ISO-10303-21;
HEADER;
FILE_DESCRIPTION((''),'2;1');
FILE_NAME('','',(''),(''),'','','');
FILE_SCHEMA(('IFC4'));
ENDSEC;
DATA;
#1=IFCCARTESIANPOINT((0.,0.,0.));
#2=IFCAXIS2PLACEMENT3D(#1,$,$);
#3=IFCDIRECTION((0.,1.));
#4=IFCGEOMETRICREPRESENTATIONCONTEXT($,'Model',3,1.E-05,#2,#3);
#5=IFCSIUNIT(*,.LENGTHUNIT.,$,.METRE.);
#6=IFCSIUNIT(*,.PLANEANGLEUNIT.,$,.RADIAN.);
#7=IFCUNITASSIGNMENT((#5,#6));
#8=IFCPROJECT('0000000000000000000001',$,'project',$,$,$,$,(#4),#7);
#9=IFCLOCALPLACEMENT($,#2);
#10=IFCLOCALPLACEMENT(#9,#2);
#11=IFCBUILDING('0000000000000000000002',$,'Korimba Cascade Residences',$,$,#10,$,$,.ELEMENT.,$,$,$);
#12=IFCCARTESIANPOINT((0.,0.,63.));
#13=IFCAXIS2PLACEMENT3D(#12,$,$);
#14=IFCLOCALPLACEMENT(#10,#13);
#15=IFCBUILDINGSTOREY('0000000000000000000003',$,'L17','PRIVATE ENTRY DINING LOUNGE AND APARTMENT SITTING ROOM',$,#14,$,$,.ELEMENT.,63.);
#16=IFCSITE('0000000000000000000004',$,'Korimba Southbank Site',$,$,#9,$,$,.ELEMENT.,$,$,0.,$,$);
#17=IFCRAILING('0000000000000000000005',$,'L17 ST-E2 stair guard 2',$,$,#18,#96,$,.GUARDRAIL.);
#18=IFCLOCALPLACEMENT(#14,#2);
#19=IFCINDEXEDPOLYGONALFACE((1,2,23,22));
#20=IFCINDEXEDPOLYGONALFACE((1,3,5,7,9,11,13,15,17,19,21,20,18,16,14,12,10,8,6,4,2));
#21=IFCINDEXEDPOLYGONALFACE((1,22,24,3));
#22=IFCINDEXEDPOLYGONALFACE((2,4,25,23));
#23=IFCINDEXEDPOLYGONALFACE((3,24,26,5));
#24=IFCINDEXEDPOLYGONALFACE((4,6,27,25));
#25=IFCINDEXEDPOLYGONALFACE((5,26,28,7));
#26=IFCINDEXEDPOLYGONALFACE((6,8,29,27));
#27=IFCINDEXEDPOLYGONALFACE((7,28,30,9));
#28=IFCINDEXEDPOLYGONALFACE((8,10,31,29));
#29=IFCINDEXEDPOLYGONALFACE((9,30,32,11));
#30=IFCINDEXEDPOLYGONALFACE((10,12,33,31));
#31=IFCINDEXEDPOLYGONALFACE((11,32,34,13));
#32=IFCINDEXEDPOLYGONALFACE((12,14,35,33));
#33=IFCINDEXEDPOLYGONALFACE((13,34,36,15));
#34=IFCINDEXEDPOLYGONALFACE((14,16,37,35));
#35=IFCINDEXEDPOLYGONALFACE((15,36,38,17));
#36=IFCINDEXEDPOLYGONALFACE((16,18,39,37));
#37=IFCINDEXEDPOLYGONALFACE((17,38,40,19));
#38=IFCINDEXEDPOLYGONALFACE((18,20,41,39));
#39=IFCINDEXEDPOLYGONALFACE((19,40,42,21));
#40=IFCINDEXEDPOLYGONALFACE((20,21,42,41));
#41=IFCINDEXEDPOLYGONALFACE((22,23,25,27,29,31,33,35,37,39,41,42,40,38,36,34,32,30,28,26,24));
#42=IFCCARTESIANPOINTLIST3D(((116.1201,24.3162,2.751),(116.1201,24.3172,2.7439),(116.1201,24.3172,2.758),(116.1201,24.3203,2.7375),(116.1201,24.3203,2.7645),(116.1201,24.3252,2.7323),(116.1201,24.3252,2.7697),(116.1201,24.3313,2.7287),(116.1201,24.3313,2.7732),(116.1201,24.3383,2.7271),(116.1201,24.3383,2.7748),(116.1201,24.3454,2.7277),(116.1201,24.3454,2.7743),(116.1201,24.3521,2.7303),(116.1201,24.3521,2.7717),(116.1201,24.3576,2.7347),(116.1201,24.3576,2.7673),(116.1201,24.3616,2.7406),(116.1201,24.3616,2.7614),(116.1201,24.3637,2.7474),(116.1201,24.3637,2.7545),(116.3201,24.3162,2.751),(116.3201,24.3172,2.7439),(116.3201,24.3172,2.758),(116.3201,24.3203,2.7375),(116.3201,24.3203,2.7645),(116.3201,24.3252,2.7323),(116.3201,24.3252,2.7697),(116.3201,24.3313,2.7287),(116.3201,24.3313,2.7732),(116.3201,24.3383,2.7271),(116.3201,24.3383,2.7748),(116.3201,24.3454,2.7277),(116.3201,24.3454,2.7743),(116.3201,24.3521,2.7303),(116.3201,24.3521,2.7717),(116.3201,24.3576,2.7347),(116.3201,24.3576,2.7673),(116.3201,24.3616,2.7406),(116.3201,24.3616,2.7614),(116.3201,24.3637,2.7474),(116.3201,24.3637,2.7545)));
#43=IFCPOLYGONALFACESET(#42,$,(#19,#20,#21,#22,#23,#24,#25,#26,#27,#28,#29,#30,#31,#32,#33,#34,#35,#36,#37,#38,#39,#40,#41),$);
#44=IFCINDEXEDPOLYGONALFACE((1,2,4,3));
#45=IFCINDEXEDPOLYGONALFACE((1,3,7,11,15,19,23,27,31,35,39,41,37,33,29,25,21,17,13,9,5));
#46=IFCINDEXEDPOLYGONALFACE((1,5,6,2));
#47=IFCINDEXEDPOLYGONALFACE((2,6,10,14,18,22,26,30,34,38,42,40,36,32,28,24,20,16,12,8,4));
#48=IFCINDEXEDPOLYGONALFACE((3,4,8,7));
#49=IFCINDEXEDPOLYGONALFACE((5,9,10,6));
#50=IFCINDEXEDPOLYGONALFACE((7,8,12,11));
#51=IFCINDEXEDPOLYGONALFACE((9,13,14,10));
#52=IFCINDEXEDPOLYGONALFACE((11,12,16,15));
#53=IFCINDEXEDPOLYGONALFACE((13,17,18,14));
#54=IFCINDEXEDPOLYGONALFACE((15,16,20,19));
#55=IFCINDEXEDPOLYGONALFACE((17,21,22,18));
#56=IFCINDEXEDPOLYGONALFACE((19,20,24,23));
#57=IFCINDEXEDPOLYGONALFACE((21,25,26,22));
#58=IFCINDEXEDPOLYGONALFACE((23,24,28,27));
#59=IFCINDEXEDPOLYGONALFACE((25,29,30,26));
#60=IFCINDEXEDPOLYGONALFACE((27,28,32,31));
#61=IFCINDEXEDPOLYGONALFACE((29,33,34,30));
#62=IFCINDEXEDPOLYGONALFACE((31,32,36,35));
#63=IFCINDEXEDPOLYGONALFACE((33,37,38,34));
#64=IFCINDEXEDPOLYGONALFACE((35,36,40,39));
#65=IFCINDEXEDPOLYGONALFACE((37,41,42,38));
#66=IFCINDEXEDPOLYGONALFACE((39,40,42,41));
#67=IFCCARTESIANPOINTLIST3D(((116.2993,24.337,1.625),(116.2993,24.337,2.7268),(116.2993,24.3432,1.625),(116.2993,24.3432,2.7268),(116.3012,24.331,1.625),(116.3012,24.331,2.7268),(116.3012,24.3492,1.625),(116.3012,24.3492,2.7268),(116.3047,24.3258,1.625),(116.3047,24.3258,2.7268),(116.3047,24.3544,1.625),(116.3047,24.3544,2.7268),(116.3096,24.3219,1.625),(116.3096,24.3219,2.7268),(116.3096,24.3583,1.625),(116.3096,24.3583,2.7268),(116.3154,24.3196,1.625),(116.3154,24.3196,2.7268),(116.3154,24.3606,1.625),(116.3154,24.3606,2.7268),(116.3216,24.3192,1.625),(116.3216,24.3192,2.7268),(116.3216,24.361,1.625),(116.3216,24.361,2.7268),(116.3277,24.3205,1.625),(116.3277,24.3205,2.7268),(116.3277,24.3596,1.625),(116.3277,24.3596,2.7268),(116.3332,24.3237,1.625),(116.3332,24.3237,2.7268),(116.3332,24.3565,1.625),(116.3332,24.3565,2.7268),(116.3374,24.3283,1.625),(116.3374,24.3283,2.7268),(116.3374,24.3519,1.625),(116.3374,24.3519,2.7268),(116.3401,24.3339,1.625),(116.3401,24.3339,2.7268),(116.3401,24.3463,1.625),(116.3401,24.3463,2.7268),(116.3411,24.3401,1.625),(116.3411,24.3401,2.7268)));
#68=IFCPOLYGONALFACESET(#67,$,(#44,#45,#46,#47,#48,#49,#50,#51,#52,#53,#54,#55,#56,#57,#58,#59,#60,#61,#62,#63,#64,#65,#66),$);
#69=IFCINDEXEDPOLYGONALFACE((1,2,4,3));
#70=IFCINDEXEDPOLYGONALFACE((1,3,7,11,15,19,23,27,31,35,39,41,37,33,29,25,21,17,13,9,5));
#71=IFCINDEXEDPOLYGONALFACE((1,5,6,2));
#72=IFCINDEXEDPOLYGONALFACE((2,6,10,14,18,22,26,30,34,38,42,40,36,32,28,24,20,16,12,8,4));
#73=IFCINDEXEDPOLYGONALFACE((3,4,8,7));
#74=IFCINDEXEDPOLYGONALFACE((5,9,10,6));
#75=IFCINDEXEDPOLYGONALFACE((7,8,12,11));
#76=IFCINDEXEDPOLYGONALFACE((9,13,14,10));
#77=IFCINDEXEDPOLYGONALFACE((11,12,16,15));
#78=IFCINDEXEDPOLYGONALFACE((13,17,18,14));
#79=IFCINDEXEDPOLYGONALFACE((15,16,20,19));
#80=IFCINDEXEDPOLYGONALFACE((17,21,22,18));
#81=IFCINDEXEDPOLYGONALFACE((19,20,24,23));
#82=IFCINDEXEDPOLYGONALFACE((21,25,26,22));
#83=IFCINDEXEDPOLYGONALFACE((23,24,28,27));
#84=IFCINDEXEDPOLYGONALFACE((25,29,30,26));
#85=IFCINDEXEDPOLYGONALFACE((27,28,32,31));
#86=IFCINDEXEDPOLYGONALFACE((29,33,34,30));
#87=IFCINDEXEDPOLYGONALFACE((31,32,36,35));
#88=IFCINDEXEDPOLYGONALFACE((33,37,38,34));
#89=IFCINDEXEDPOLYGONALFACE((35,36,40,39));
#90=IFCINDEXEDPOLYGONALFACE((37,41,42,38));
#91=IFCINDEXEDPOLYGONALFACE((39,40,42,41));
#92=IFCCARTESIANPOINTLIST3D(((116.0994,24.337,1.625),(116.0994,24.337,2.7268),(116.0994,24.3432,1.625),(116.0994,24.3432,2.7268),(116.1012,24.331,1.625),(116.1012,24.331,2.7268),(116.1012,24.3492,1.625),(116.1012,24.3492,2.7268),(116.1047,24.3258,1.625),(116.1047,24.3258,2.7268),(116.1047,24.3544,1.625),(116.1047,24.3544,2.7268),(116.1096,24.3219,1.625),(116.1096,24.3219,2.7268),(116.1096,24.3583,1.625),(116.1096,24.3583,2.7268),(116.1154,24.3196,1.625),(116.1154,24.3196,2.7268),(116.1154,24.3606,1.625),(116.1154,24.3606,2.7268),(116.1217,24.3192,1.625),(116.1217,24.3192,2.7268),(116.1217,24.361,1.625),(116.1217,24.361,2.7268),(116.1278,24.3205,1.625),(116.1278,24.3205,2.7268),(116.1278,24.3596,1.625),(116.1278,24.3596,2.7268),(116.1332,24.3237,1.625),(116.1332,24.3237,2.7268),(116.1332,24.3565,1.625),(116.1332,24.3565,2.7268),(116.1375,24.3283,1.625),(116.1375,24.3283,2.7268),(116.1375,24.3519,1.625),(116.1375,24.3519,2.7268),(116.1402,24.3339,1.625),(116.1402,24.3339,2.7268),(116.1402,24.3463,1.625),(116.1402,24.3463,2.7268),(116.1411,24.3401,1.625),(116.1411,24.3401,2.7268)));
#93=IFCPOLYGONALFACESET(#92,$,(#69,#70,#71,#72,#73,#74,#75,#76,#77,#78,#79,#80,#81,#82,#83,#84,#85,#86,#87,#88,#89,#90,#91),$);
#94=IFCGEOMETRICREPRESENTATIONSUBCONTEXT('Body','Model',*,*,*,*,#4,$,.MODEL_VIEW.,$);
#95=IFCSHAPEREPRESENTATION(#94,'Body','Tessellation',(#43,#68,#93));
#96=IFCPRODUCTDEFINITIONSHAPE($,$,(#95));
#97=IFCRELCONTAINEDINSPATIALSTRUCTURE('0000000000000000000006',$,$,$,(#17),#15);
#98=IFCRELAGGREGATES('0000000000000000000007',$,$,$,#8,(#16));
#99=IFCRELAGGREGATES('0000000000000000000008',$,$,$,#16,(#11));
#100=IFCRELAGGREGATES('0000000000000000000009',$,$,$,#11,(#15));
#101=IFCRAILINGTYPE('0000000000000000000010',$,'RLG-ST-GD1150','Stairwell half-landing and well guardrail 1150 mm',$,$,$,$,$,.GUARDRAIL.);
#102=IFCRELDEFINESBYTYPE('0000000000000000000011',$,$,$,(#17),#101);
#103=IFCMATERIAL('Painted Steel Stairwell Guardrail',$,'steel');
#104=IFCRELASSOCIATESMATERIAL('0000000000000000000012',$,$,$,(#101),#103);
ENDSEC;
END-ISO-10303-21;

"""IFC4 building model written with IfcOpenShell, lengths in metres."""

from ifc_helpers import new_model, si_unit, direction, frame, origin, origin_2d, place, context, subcontext, project, spatial, circle, extrude, material, type_object, element, save


model = new_model("IFC4")

# Units and contexts
model_context = context("Model", 3, precision=1e-05, world=origin(), true_north=direction((0.0, 1.0)))
body_context = subcontext(model_context, "Body", "Model", "MODEL_VIEW")
ifc_project = project(units=[si_unit("LENGTHUNIT", "METRE"), si_unit("PLANEANGLEUNIT", "RADIAN")], contexts=[model_context])

# Site, building, storey
site_placement = place(None, origin())
site = spatial("IfcSite", under=ifc_project, at=site_placement, Name="Korimba Southbank Site", CompositionType="ELEMENT", RefElevation=0.0)
building_placement = place(site_placement, origin())
building = spatial("IfcBuilding", under=site, at=building_placement, Name="Korimba Cascade Residences", CompositionType="ELEMENT")
storey_placement = place(building_placement, frame((0.0, 0.0, 63.0)))
storey = spatial("IfcBuildingStorey", under=building, at=storey_placement, Name="L17", Description="PRIVATE ENTRY DINING LOUNGE AND APARTMENT SITTING ROOM", CompositionType="ELEMENT", Elevation=63.0)

# Railing
ifc_material_1 = material(Name="Painted Steel Stairwell Guardrail", Category="steel")
railing_type_1 = type_object("IfcRailingType", Name="RLG-ST-GD1150", Description="Stairwell half-landing and well guardrail 1150 mm", PredefinedType="GUARDRAIL", material=ifc_material_1)
railing_1_placement = place(storey_placement, frame((116.3201, 24.3401, 1.625)))
element("IfcRailing", 1, at=railing_1_placement, inside=storey, type_object=railing_type_1, Name="L17 ST-E2 stair guard 2", PredefinedType="GUARDRAIL", context=body_context, shape_type="SweptSolid", body=[
    extrude(circle(Radius=0.0239, at=origin_2d()), frame((0.0, 0.0, 1.126), z_axis=(-1.0, 0.0, 0.0), x_axis=(0.0, -1.0, 0.0)), (0.0, 0.0, 1.0), 0.2),
    extrude(circle(Radius=0.021, at=origin_2d()), origin(), (0.0, 0.0, 1.0), 1.1018),
    extrude(circle(Radius=0.021, at=origin_2d()), frame((-0.2, 0.0, 0.0)), (0.0, 0.0, 1.0), 1.1018),
])

save(model, "model.ifc")
